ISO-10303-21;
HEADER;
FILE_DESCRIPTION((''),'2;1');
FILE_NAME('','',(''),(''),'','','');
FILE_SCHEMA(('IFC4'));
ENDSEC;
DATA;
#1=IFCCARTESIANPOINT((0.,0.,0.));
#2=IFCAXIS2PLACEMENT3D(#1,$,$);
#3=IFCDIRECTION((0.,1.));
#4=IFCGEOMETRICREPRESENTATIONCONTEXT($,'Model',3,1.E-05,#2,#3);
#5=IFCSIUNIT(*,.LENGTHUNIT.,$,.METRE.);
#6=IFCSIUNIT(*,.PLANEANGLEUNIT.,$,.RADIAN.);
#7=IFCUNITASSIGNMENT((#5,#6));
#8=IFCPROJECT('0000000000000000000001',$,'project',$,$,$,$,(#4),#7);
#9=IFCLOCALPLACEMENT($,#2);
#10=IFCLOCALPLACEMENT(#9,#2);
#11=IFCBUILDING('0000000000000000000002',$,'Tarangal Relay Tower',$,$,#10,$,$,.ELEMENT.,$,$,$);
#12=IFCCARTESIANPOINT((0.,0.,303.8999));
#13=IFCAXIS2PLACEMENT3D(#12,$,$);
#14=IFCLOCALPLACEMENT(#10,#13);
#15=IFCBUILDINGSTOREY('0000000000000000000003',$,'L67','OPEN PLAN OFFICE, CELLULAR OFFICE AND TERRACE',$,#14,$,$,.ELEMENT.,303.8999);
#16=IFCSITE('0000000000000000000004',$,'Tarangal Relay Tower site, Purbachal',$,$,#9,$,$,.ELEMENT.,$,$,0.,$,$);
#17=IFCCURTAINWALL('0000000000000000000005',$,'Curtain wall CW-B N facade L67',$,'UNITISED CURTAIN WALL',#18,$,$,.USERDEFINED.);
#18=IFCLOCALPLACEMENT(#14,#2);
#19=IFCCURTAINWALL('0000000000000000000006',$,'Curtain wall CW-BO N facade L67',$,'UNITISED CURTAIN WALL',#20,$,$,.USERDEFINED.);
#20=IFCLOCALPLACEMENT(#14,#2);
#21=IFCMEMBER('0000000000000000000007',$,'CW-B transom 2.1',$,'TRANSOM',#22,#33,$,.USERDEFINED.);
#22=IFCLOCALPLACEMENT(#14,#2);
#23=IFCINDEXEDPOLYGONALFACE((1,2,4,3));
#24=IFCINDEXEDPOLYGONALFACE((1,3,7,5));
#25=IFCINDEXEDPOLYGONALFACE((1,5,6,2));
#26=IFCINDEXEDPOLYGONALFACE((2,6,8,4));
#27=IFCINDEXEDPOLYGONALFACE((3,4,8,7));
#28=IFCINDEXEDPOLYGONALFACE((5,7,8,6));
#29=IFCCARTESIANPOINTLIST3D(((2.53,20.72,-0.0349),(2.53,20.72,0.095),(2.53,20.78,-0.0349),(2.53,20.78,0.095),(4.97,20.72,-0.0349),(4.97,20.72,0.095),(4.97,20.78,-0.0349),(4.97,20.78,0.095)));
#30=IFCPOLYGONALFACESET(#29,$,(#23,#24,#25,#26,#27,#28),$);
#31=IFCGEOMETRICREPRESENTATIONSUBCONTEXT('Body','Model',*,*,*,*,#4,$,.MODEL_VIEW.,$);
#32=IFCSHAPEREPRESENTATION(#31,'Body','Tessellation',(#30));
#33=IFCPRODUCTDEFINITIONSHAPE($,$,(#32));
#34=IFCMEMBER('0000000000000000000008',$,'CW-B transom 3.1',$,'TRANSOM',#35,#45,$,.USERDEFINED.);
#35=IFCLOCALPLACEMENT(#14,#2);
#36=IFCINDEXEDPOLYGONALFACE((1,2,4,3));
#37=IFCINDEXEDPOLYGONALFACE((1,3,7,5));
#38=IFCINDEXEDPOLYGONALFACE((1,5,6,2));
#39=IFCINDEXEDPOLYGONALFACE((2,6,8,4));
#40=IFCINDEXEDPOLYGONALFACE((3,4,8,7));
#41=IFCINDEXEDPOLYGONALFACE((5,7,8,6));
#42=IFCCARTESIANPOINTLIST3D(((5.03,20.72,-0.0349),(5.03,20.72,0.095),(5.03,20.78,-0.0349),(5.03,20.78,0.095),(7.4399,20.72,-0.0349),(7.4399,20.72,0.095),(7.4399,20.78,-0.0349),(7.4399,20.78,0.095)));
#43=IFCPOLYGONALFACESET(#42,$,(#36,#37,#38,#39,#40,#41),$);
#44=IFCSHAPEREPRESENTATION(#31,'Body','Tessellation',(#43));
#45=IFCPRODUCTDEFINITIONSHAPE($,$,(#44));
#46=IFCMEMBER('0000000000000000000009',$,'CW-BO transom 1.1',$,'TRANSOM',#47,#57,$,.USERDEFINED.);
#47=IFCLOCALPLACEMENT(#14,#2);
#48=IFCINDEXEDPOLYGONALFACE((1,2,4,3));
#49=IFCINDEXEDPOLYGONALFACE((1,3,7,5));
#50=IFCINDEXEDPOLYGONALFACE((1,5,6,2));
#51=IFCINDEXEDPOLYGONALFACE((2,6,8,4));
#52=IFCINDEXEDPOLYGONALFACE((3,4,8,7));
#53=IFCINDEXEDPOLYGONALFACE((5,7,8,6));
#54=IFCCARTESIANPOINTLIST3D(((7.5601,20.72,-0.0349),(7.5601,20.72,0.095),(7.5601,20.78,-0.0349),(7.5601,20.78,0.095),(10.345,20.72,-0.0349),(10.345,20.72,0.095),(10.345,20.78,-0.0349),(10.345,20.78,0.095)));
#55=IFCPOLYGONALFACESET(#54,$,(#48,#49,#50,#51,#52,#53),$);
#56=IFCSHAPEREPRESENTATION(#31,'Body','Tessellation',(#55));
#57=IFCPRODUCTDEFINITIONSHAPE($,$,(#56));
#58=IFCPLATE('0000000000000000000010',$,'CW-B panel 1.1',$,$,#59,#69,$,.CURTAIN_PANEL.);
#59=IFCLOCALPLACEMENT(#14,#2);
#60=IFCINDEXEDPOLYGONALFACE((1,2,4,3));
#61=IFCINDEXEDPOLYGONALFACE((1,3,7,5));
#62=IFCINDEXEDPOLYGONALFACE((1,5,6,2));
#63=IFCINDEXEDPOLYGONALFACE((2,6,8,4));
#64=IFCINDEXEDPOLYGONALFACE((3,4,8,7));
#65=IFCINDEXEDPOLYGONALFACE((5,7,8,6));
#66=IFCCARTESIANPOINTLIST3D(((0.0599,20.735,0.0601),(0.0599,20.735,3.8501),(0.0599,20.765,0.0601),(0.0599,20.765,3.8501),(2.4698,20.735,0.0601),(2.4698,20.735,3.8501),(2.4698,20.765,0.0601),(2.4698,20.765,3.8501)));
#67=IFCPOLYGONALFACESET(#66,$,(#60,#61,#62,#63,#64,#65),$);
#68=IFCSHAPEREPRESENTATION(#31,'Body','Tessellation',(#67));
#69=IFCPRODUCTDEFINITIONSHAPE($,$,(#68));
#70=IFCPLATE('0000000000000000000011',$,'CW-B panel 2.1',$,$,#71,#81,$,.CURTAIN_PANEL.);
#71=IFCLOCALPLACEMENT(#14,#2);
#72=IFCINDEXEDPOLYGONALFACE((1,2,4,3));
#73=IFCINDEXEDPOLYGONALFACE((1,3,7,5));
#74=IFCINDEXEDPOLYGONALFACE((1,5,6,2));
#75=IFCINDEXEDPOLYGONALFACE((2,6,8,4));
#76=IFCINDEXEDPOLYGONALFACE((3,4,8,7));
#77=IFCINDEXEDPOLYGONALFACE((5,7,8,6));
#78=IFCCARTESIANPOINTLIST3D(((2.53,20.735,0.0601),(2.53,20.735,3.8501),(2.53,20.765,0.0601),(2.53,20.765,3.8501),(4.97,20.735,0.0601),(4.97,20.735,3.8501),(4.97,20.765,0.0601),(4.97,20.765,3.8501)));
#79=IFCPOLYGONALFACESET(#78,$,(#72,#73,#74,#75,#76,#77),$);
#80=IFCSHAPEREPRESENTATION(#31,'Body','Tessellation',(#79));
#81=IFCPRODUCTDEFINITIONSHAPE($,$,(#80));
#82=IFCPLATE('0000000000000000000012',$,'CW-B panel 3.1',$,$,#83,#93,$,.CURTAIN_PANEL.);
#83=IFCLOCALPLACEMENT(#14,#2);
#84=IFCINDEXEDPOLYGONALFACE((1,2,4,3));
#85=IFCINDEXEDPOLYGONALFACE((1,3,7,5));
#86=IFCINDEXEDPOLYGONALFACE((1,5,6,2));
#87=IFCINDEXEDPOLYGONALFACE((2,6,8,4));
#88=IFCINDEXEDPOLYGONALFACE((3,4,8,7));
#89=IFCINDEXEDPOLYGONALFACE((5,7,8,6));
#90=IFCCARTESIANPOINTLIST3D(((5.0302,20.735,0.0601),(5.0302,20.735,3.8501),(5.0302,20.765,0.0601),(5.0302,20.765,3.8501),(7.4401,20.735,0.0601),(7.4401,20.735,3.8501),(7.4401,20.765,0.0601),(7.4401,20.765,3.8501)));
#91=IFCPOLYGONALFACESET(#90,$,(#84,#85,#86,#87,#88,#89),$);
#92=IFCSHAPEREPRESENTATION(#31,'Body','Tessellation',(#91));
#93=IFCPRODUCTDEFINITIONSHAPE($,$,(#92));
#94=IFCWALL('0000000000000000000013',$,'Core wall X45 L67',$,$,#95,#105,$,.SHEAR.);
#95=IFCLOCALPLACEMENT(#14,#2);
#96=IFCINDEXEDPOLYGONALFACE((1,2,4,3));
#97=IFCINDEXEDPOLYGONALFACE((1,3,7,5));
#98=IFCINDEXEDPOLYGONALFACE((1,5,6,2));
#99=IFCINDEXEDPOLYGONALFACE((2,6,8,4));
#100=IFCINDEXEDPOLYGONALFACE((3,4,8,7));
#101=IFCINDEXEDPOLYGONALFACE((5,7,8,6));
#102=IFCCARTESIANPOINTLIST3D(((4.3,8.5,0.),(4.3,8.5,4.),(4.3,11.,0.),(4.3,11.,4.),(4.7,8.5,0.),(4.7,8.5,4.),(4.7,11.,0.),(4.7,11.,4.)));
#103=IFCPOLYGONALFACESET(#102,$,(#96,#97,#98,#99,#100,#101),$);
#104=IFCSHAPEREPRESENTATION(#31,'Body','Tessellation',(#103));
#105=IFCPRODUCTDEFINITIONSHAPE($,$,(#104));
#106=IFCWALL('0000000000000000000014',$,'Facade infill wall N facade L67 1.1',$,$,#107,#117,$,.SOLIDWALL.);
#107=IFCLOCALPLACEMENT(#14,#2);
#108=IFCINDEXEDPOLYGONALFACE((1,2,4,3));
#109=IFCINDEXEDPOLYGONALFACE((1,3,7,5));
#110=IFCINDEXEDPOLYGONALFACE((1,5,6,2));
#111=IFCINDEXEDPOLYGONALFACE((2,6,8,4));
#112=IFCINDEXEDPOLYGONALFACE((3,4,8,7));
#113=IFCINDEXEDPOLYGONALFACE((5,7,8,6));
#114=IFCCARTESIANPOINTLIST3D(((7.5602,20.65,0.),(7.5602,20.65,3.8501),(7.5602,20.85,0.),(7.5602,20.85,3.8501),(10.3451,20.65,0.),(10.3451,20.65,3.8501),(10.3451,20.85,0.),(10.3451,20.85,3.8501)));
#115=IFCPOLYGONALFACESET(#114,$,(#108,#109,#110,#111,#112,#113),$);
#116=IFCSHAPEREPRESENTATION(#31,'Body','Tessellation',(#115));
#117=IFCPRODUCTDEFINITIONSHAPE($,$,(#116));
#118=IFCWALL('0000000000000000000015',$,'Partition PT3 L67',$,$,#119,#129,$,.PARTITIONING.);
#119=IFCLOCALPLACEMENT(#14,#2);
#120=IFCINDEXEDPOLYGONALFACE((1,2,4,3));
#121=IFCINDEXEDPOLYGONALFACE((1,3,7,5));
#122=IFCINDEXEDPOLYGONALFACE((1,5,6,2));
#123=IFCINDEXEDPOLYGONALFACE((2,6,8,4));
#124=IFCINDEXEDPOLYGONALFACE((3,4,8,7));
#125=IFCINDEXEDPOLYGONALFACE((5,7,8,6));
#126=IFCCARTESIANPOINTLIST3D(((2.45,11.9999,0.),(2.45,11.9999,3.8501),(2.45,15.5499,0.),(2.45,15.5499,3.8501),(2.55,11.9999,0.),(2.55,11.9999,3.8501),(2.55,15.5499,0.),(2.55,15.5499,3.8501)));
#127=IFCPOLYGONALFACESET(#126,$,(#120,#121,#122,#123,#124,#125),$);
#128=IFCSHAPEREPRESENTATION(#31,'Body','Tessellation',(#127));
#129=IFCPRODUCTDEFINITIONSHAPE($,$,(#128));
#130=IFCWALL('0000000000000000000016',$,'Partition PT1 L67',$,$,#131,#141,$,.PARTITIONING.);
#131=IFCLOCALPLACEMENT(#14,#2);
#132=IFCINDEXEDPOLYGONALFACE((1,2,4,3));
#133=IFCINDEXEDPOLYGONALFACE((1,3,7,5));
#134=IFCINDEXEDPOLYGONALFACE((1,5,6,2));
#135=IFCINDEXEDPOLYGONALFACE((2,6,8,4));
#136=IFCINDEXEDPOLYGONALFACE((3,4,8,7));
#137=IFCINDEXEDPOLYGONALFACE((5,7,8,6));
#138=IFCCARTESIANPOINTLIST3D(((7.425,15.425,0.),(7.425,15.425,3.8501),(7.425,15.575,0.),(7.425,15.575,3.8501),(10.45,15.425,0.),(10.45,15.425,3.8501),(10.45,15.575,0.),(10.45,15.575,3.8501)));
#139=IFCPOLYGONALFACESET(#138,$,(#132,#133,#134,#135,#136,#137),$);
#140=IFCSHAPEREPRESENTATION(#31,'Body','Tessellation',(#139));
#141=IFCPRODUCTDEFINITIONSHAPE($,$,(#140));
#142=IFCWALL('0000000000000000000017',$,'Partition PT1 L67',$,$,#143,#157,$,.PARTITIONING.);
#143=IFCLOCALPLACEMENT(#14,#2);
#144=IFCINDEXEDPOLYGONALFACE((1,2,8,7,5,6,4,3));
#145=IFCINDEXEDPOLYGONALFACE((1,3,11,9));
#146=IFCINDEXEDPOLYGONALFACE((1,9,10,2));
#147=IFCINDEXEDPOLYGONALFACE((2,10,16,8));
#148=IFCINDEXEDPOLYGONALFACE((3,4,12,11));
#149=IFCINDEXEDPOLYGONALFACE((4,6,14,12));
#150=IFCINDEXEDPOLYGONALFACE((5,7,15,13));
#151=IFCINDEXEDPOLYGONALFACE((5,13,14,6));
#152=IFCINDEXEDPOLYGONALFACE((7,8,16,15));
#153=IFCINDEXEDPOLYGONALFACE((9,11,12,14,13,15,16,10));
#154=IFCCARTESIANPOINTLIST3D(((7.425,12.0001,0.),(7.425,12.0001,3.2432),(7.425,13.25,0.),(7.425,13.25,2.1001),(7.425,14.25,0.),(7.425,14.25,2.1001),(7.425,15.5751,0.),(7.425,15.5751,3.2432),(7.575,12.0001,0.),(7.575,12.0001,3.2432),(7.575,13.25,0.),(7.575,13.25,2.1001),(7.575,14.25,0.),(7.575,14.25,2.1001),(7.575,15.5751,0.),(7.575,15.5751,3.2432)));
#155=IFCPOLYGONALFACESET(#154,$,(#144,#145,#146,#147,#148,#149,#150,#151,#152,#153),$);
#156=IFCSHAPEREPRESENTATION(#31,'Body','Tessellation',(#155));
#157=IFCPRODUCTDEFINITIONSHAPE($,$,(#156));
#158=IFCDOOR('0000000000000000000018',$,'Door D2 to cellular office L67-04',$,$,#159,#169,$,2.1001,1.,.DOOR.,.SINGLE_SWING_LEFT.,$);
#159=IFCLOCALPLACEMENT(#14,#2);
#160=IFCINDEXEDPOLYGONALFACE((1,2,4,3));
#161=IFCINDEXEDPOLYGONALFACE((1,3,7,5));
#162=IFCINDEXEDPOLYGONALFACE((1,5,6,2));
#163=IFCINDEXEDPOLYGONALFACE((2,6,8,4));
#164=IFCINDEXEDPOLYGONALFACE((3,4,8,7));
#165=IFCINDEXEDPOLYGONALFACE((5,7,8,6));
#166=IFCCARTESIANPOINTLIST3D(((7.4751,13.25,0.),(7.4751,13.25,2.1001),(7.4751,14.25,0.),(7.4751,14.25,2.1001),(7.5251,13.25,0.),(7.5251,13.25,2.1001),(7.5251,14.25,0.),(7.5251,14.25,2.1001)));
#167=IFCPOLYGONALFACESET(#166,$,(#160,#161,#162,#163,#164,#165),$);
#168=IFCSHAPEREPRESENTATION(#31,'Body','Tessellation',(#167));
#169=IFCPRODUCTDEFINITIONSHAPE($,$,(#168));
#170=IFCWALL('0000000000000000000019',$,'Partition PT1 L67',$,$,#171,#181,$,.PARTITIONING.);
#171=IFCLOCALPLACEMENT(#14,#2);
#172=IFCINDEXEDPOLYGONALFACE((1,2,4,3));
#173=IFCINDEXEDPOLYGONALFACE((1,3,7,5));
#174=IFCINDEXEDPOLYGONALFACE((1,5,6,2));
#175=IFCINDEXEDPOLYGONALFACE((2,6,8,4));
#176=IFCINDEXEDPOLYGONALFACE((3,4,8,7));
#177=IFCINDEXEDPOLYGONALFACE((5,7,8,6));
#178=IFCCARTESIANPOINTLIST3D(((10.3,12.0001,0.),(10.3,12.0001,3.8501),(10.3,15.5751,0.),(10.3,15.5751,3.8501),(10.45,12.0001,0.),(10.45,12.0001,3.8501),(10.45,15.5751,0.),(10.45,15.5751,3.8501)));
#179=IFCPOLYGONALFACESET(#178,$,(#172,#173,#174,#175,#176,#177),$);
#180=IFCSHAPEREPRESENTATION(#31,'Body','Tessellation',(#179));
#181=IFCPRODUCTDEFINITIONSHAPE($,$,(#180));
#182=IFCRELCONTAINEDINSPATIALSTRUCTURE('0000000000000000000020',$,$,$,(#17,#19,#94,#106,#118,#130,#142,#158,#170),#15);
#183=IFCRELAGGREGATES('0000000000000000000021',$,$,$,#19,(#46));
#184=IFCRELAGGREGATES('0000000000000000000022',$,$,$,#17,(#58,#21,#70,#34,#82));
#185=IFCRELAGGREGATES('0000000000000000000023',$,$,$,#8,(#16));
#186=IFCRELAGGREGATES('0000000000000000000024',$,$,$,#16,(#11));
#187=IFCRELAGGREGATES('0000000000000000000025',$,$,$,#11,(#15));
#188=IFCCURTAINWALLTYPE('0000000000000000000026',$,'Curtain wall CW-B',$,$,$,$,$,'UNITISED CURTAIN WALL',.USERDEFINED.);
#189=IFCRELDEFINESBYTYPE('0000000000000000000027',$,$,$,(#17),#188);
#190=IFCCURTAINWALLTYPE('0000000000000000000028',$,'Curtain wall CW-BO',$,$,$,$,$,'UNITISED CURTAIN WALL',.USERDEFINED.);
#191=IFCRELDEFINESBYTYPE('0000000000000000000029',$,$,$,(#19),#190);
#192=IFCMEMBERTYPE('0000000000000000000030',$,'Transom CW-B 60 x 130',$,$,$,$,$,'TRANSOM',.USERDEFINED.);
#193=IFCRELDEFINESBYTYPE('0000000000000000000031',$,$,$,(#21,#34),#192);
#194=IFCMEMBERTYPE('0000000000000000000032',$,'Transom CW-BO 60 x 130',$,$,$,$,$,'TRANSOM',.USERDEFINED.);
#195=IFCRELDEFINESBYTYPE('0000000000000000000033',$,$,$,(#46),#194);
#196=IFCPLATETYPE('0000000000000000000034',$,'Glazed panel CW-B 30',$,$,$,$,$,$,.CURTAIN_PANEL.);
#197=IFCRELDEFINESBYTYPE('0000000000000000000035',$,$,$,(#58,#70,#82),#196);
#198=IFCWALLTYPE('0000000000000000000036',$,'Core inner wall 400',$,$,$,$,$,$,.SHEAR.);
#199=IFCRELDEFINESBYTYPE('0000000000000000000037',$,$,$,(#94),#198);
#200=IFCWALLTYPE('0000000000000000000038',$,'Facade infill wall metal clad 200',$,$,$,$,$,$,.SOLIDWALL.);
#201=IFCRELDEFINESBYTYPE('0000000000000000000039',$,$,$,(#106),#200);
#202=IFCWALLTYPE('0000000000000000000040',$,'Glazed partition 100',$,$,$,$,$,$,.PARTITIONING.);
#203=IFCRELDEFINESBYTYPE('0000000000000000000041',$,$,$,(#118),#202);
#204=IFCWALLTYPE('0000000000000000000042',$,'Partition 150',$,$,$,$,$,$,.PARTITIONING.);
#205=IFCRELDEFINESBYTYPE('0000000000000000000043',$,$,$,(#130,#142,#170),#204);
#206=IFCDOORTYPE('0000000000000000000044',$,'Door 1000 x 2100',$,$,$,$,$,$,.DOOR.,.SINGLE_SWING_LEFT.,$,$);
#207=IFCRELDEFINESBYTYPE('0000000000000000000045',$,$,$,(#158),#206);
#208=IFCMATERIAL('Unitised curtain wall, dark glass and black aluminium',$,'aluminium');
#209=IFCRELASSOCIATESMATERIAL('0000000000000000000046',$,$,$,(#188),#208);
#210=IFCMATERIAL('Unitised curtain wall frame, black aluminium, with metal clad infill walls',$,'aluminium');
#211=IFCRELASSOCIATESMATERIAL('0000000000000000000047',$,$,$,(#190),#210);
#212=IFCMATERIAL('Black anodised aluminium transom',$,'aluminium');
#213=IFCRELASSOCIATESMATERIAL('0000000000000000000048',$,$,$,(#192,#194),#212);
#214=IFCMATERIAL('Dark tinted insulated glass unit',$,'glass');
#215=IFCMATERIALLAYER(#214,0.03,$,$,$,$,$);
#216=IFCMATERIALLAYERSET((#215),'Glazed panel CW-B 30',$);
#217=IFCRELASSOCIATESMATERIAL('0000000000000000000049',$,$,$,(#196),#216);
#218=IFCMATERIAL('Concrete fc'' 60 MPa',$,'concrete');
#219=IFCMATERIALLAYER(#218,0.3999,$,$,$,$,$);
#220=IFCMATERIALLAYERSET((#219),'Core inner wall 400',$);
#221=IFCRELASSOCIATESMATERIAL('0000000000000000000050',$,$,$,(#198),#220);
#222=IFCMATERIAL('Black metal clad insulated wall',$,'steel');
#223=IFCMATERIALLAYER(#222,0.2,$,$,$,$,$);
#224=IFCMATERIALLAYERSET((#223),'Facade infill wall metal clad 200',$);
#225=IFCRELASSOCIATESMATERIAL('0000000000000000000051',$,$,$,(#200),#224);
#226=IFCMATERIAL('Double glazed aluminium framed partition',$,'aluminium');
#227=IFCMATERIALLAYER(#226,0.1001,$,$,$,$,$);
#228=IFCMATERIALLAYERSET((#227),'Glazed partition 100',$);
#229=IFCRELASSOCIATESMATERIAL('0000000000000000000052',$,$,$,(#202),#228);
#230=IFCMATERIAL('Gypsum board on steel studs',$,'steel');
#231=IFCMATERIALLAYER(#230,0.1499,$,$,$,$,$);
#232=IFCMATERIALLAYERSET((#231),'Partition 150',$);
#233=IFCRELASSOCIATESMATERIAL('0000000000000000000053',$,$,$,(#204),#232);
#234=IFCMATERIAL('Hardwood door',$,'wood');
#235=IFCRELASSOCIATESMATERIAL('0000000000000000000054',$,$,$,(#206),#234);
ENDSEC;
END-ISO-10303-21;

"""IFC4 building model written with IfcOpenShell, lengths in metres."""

from ifc_helpers import new_model, si_unit, direction, frame, frame_2d, origin, origin_2d, place, context, subcontext, project, spatial, rectangle, extrude, material, layer, layer_set, material_profile, profile_set, type_object, element, fill, aggregate, save


model = new_model("IFC4")

# Units and contexts
model_context = context("Model", 3, precision=1e-05, world=origin(), true_north=direction((0.0, 1.0)))
body_context = subcontext(model_context, "Body", "Model", "MODEL_VIEW")
ifc_project = project(units=[si_unit("LENGTHUNIT", "METRE"), si_unit("PLANEANGLEUNIT", "RADIAN")], contexts=[model_context])

# Site, building, storey
site_placement = place(None, origin())
site = spatial("IfcSite", under=ifc_project, at=site_placement, Name="Tarangal Relay Tower site, Purbachal", CompositionType="ELEMENT", RefElevation=0.0)
building_placement = place(site_placement, origin())
building = spatial("IfcBuilding", under=site, at=building_placement, Name="Tarangal Relay Tower", CompositionType="ELEMENT")
storey_placement = place(building_placement, frame((0.0, 0.0, 303.8999)))
storey = spatial("IfcBuildingStorey", under=building, at=storey_placement, Name="L67", Description="OPEN PLAN OFFICE, CELLULAR OFFICE AND TERRACE", CompositionType="ELEMENT", Elevation=303.8999)

# Curtain walls
ifc_material_1 = material(Name="Unitised curtain wall, dark glass and black aluminium", Category="aluminium")
curtain_wall_type_1 = type_object("IfcCurtainWallType", Name="Curtain wall CW-B", ElementType="UNITISED CURTAIN WALL", PredefinedType="USERDEFINED", material=ifc_material_1)
curtain_wall_1_placement = place(storey_placement, origin())
curtain_wall_1 = element("IfcCurtainWall", 1, at=curtain_wall_1_placement, inside=storey, type_object=curtain_wall_type_1, Name="Curtain wall CW-B N facade L67", ObjectType="UNITISED CURTAIN WALL", PredefinedType="USERDEFINED")
ifc_material_2 = material(Name="Unitised curtain wall frame, black aluminium, with metal clad infill walls", Category="aluminium")
curtain_wall_type_2 = type_object("IfcCurtainWallType", Name="Curtain wall CW-BO", ElementType="UNITISED CURTAIN WALL", PredefinedType="USERDEFINED", material=ifc_material_2)
curtain_wall_2_placement = place(storey_placement, origin())
curtain_wall_2 = element("IfcCurtainWall", 2, at=curtain_wall_2_placement, inside=storey, type_object=curtain_wall_type_2, Name="Curtain wall CW-BO N facade L67", ObjectType="UNITISED CURTAIN WALL", PredefinedType="USERDEFINED")

# Members
ifc_material_3 = material(Name="Black anodised aluminium transom", Category="aluminium")
ifc_material_profile_1 = material_profile(ifc_material_3, rectangle(XDim=0.0601, YDim=0.1299, at=origin_2d()), Name="CW-BT 60X130")
ifc_profile_set_1 = profile_set([ifc_material_profile_1], Name="Black anodised aluminium transom")
member_type_1 = type_object("IfcMemberType", Name="Transom CW-B 60 x 130", ElementType="TRANSOM", PredefinedType="USERDEFINED", material=ifc_profile_set_1)
member_1_placement = place(storey_placement, frame((2.53, 20.75, 0.03), z_axis=(1.0, 0.0, 0.0), x_axis=(0.0, 1.0, 0.0)))
member_1 = element("IfcMember", 3, at=member_1_placement, type_object=member_type_1, Name="CW-B transom 2.1", ObjectType="TRANSOM", PredefinedType="USERDEFINED", context=body_context, shape_type="SweptSolid", body=[
    extrude(rectangle(XDim=0.0601, YDim=0.1299, at=origin_2d()), origin(), (0.0, 0.0, 1.0), 2.4399),
])
member_2_placement = place(storey_placement, frame((5.03, 20.75, 0.03), z_axis=(1.0, 0.0, 0.0), x_axis=(0.0, 1.0, 0.0)))
member_2 = element("IfcMember", 4, at=member_2_placement, type_object=member_type_1, Name="CW-B transom 3.1", ObjectType="TRANSOM", PredefinedType="USERDEFINED", context=body_context, shape_type="SweptSolid", body=[
    extrude(rectangle(XDim=0.0601, YDim=0.1299, at=origin_2d()), origin(), (0.0, 0.0, 1.0), 2.4099),
])
ifc_material_profile_2 = material_profile(ifc_material_3, rectangle(XDim=0.0601, YDim=0.1299, at=origin_2d()), Name="CW-BOT 60X130")
ifc_profile_set_2 = profile_set([ifc_material_profile_2], Name="Black anodised aluminium transom")
member_type_2 = type_object("IfcMemberType", Name="Transom CW-BO 60 x 130", ElementType="TRANSOM", PredefinedType="USERDEFINED", material=ifc_profile_set_2)
member_3_placement = place(storey_placement, frame((7.5601, 20.75, 0.03), z_axis=(1.0, 0.0, 0.0), x_axis=(0.0, 1.0, 0.0)))
member_3 = element("IfcMember", 5, at=member_3_placement, type_object=member_type_2, Name="CW-BO transom 1.1", ObjectType="TRANSOM", PredefinedType="USERDEFINED", context=body_context, shape_type="SweptSolid", body=[
    extrude(rectangle(XDim=0.0601, YDim=0.1299, at=origin_2d()), origin(), (0.0, 0.0, 1.0), 2.7849),
])
aggregate(curtain_wall_2, [member_3])

# Plates
ifc_material_4 = material(Name="Dark tinted insulated glass unit", Category="glass")
ifc_layer_1 = layer(ifc_material_4, 0.03)
ifc_layer_set_1 = layer_set([ifc_layer_1], Name="Glazed panel CW-B 30")
plate_type = type_object("IfcPlateType", Name="Glazed panel CW-B 30", PredefinedType="CURTAIN_PANEL", material=ifc_layer_set_1)
plate_1_placement = place(storey_placement, frame((1.2649, 20.75, 0.0601), z_axis=(0.0, 0.0, 1.0), x_axis=(1.0, 0.0, 0.0)))
plate_1 = element("IfcPlate", 6, at=plate_1_placement, type_object=plate_type, Name="CW-B panel 1.1", PredefinedType="CURTAIN_PANEL", context=body_context, shape_type="SweptSolid", body=[
    extrude(rectangle(XDim=2.4099, YDim=0.03, at=origin_2d()), origin(), (0.0, 0.0, 1.0), 3.79),
])
plate_2_placement = place(storey_placement, frame((3.75, 20.75, 0.0601), z_axis=(0.0, 0.0, 1.0), x_axis=(1.0, 0.0, 0.0)))
plate_2 = element("IfcPlate", 7, at=plate_2_placement, type_object=plate_type, Name="CW-B panel 2.1", PredefinedType="CURTAIN_PANEL", context=body_context, shape_type="SweptSolid", body=[
    extrude(rectangle(XDim=2.4399, YDim=0.03, at=origin_2d()), origin(), (0.0, 0.0, 1.0), 3.79),
])
plate_3_placement = place(storey_placement, frame((6.2351, 20.75, 0.0601), z_axis=(0.0, 0.0, 1.0), x_axis=(1.0, 0.0, 0.0)))
plate_3 = element("IfcPlate", 8, at=plate_3_placement, type_object=plate_type, Name="CW-B panel 3.1", PredefinedType="CURTAIN_PANEL", context=body_context, shape_type="SweptSolid", body=[
    extrude(rectangle(XDim=2.4099, YDim=0.03, at=origin_2d()), origin(), (0.0, 0.0, 1.0), 3.79),
])
aggregate(curtain_wall_1, [plate_1, member_1, plate_2, member_2, plate_3])

# Walls
ifc_material_5 = material(Name="Concrete fc' 60 MPa", Category="concrete")
ifc_layer_2 = layer(ifc_material_5, 0.3999)
ifc_layer_set_2 = layer_set([ifc_layer_2], Name="Core inner wall 400")
wall_type_1 = type_object("IfcWallType", Name="Core inner wall 400", PredefinedType="SHEAR", material=ifc_layer_set_2)
wall_1_placement = place(storey_placement, frame((4.5, 8.5, 0.0), z_axis=(0.0, 0.0, 1.0), x_axis=(0.0, 1.0, 0.0)))
element("IfcWall", 9, at=wall_1_placement, inside=storey, type_object=wall_type_1, Name="Core wall X45 L67", PredefinedType="SHEAR", context=body_context, shape_type="SweptSolid", body=[
    extrude(rectangle(XDim=2.5, YDim=0.3999, at=frame_2d((1.25, 0.0))), origin(), (0.0, 0.0, 1.0), 4.0),
])
ifc_material_6 = material(Name="Black metal clad insulated wall", Category="steel")
ifc_layer_3 = layer(ifc_material_6, 0.2)
ifc_layer_set_3 = layer_set([ifc_layer_3], Name="Facade infill wall metal clad 200")
wall_type_2 = type_object("IfcWallType", Name="Facade infill wall metal clad 200", PredefinedType="SOLIDWALL", material=ifc_layer_set_3)
wall_2_placement = place(storey_placement, frame((7.5601, 20.75, 0.0), z_axis=(0.0, 0.0, 1.0), x_axis=(1.0, 0.0, 0.0)))
element("IfcWall", 10, at=wall_2_placement, inside=storey, type_object=wall_type_2, Name="Facade infill wall N facade L67 1.1", PredefinedType="SOLIDWALL", context=body_context, shape_type="SweptSolid", body=[
    extrude(rectangle(XDim=2.7849, YDim=0.2, at=frame_2d((1.3926, 0.0))), origin(), (0.0, 0.0, 1.0), 3.8501),
])
ifc_material_7 = material(Name="Double glazed aluminium framed partition", Category="aluminium")
ifc_layer_4 = layer(ifc_material_7, 0.1001)
ifc_layer_set_4 = layer_set([ifc_layer_4], Name="Glazed partition 100")
wall_type_3 = type_object("IfcWallType", Name="Glazed partition 100", PredefinedType="PARTITIONING", material=ifc_layer_set_4)
wall_3_placement = place(storey_placement, frame((2.5, 12.0, 0.0), z_axis=(0.0, 0.0, 1.0), x_axis=(0.0, 1.0, 0.0)))
element("IfcWall", 11, at=wall_3_placement, inside=storey, type_object=wall_type_3, Name="Partition PT3 L67", PredefinedType="PARTITIONING", context=body_context, shape_type="SweptSolid", body=[
    extrude(rectangle(XDim=3.55, YDim=0.1001, at=frame_2d((1.7749, 0.0))), origin(), (0.0, 0.0, 1.0), 3.8501),
])
ifc_material_8 = material(Name="Gypsum board on steel studs", Category="steel")
ifc_layer_5 = layer(ifc_material_8, 0.1499)
ifc_layer_set_5 = layer_set([ifc_layer_5], Name="Partition 150")
wall_type_4 = type_object("IfcWallType", Name="Partition 150", PredefinedType="PARTITIONING", material=ifc_layer_set_5)
wall_4_placement = place(storey_placement, frame((7.425, 15.5, 0.0), z_axis=(0.0, 0.0, 1.0), x_axis=(1.0, 0.0, 0.0)))
element("IfcWall", 12, at=wall_4_placement, inside=storey, type_object=wall_type_4, Name="Partition PT1 L67", PredefinedType="PARTITIONING", context=body_context, shape_type="SweptSolid", body=[
    extrude(rectangle(XDim=3.0249, YDim=0.1499, at=frame_2d((1.5125, 0.0))), origin(), (0.0, 0.0, 1.0), 3.8501),
])

# Wall, opening, door
wall_5_placement = place(storey_placement, frame((7.5, 12.0, 0.0), z_axis=(0.0, 0.0, 1.0), x_axis=(0.0, 1.0, 0.0)))
wall_5 = element("IfcWall", 13, at=wall_5_placement, inside=storey, type_object=wall_type_4, Name="Partition PT1 L67", PredefinedType="PARTITIONING", context=body_context, shape_type="SweptSolid", body=[
    extrude(rectangle(XDim=3.575, YDim=0.1499, at=frame_2d((1.7876, 0.0))), origin(), (0.0, 0.0, 1.0), 3.2432),
])
opening_placement = place(wall_5_placement, frame((1.25, 0.0, 0.0)))
opening = element("IfcOpeningElement", 14, at=opening_placement, cuts=wall_5, PredefinedType="OPENING", context=body_context, shape_type="SweptSolid", body=[
    extrude(rectangle(XDim=1.0, YDim=2.1001, at=frame_2d((0.5, 1.05))), frame((0.0, 0.085, 0.0), z_axis=(0.0, -1.0, 0.0), x_axis=(1.0, 0.0, 0.0)), (0.0, 0.0, 1.0), 0.1699),
])
ifc_material_9 = material(Name="Hardwood door", Category="wood")
door_type = type_object("IfcDoorType", Name="Door 1000 x 2100", OperationType="SINGLE_SWING_LEFT", PredefinedType="DOOR", material=ifc_material_9)
door_placement = place(opening_placement, origin())
door = element("IfcDoor", 15, at=door_placement, inside=storey, type_object=door_type, Name="Door D2 to cellular office L67-04", OperationType="SINGLE_SWING_LEFT", OverallHeight=2.1001, OverallWidth=1.0, PredefinedType="DOOR", context=body_context, shape_type="SweptSolid", body=[
    extrude(rectangle(XDim=1.0, YDim=2.1001, at=frame_2d((0.5, 1.05))), frame((0.0, 0.0249, 0.0), z_axis=(0.0, -1.0, 0.0), x_axis=(1.0, 0.0, 0.0)), (0.0, 0.0, 1.0), 0.05),
])
fill(opening, door)

# Wall
wall_6_placement = place(storey_placement, frame((10.375, 12.0, 0.0), z_axis=(0.0, 0.0, 1.0), x_axis=(0.0, 1.0, 0.0)))
element("IfcWall", 16, at=wall_6_placement, inside=storey, type_object=wall_type_4, Name="Partition PT1 L67", PredefinedType="PARTITIONING", context=body_context, shape_type="SweptSolid", body=[
    extrude(rectangle(XDim=3.575, YDim=0.1499, at=frame_2d((1.7876, 0.0))), origin(), (0.0, 0.0, 1.0), 3.8501),
])

save(model, "model.ifc")
